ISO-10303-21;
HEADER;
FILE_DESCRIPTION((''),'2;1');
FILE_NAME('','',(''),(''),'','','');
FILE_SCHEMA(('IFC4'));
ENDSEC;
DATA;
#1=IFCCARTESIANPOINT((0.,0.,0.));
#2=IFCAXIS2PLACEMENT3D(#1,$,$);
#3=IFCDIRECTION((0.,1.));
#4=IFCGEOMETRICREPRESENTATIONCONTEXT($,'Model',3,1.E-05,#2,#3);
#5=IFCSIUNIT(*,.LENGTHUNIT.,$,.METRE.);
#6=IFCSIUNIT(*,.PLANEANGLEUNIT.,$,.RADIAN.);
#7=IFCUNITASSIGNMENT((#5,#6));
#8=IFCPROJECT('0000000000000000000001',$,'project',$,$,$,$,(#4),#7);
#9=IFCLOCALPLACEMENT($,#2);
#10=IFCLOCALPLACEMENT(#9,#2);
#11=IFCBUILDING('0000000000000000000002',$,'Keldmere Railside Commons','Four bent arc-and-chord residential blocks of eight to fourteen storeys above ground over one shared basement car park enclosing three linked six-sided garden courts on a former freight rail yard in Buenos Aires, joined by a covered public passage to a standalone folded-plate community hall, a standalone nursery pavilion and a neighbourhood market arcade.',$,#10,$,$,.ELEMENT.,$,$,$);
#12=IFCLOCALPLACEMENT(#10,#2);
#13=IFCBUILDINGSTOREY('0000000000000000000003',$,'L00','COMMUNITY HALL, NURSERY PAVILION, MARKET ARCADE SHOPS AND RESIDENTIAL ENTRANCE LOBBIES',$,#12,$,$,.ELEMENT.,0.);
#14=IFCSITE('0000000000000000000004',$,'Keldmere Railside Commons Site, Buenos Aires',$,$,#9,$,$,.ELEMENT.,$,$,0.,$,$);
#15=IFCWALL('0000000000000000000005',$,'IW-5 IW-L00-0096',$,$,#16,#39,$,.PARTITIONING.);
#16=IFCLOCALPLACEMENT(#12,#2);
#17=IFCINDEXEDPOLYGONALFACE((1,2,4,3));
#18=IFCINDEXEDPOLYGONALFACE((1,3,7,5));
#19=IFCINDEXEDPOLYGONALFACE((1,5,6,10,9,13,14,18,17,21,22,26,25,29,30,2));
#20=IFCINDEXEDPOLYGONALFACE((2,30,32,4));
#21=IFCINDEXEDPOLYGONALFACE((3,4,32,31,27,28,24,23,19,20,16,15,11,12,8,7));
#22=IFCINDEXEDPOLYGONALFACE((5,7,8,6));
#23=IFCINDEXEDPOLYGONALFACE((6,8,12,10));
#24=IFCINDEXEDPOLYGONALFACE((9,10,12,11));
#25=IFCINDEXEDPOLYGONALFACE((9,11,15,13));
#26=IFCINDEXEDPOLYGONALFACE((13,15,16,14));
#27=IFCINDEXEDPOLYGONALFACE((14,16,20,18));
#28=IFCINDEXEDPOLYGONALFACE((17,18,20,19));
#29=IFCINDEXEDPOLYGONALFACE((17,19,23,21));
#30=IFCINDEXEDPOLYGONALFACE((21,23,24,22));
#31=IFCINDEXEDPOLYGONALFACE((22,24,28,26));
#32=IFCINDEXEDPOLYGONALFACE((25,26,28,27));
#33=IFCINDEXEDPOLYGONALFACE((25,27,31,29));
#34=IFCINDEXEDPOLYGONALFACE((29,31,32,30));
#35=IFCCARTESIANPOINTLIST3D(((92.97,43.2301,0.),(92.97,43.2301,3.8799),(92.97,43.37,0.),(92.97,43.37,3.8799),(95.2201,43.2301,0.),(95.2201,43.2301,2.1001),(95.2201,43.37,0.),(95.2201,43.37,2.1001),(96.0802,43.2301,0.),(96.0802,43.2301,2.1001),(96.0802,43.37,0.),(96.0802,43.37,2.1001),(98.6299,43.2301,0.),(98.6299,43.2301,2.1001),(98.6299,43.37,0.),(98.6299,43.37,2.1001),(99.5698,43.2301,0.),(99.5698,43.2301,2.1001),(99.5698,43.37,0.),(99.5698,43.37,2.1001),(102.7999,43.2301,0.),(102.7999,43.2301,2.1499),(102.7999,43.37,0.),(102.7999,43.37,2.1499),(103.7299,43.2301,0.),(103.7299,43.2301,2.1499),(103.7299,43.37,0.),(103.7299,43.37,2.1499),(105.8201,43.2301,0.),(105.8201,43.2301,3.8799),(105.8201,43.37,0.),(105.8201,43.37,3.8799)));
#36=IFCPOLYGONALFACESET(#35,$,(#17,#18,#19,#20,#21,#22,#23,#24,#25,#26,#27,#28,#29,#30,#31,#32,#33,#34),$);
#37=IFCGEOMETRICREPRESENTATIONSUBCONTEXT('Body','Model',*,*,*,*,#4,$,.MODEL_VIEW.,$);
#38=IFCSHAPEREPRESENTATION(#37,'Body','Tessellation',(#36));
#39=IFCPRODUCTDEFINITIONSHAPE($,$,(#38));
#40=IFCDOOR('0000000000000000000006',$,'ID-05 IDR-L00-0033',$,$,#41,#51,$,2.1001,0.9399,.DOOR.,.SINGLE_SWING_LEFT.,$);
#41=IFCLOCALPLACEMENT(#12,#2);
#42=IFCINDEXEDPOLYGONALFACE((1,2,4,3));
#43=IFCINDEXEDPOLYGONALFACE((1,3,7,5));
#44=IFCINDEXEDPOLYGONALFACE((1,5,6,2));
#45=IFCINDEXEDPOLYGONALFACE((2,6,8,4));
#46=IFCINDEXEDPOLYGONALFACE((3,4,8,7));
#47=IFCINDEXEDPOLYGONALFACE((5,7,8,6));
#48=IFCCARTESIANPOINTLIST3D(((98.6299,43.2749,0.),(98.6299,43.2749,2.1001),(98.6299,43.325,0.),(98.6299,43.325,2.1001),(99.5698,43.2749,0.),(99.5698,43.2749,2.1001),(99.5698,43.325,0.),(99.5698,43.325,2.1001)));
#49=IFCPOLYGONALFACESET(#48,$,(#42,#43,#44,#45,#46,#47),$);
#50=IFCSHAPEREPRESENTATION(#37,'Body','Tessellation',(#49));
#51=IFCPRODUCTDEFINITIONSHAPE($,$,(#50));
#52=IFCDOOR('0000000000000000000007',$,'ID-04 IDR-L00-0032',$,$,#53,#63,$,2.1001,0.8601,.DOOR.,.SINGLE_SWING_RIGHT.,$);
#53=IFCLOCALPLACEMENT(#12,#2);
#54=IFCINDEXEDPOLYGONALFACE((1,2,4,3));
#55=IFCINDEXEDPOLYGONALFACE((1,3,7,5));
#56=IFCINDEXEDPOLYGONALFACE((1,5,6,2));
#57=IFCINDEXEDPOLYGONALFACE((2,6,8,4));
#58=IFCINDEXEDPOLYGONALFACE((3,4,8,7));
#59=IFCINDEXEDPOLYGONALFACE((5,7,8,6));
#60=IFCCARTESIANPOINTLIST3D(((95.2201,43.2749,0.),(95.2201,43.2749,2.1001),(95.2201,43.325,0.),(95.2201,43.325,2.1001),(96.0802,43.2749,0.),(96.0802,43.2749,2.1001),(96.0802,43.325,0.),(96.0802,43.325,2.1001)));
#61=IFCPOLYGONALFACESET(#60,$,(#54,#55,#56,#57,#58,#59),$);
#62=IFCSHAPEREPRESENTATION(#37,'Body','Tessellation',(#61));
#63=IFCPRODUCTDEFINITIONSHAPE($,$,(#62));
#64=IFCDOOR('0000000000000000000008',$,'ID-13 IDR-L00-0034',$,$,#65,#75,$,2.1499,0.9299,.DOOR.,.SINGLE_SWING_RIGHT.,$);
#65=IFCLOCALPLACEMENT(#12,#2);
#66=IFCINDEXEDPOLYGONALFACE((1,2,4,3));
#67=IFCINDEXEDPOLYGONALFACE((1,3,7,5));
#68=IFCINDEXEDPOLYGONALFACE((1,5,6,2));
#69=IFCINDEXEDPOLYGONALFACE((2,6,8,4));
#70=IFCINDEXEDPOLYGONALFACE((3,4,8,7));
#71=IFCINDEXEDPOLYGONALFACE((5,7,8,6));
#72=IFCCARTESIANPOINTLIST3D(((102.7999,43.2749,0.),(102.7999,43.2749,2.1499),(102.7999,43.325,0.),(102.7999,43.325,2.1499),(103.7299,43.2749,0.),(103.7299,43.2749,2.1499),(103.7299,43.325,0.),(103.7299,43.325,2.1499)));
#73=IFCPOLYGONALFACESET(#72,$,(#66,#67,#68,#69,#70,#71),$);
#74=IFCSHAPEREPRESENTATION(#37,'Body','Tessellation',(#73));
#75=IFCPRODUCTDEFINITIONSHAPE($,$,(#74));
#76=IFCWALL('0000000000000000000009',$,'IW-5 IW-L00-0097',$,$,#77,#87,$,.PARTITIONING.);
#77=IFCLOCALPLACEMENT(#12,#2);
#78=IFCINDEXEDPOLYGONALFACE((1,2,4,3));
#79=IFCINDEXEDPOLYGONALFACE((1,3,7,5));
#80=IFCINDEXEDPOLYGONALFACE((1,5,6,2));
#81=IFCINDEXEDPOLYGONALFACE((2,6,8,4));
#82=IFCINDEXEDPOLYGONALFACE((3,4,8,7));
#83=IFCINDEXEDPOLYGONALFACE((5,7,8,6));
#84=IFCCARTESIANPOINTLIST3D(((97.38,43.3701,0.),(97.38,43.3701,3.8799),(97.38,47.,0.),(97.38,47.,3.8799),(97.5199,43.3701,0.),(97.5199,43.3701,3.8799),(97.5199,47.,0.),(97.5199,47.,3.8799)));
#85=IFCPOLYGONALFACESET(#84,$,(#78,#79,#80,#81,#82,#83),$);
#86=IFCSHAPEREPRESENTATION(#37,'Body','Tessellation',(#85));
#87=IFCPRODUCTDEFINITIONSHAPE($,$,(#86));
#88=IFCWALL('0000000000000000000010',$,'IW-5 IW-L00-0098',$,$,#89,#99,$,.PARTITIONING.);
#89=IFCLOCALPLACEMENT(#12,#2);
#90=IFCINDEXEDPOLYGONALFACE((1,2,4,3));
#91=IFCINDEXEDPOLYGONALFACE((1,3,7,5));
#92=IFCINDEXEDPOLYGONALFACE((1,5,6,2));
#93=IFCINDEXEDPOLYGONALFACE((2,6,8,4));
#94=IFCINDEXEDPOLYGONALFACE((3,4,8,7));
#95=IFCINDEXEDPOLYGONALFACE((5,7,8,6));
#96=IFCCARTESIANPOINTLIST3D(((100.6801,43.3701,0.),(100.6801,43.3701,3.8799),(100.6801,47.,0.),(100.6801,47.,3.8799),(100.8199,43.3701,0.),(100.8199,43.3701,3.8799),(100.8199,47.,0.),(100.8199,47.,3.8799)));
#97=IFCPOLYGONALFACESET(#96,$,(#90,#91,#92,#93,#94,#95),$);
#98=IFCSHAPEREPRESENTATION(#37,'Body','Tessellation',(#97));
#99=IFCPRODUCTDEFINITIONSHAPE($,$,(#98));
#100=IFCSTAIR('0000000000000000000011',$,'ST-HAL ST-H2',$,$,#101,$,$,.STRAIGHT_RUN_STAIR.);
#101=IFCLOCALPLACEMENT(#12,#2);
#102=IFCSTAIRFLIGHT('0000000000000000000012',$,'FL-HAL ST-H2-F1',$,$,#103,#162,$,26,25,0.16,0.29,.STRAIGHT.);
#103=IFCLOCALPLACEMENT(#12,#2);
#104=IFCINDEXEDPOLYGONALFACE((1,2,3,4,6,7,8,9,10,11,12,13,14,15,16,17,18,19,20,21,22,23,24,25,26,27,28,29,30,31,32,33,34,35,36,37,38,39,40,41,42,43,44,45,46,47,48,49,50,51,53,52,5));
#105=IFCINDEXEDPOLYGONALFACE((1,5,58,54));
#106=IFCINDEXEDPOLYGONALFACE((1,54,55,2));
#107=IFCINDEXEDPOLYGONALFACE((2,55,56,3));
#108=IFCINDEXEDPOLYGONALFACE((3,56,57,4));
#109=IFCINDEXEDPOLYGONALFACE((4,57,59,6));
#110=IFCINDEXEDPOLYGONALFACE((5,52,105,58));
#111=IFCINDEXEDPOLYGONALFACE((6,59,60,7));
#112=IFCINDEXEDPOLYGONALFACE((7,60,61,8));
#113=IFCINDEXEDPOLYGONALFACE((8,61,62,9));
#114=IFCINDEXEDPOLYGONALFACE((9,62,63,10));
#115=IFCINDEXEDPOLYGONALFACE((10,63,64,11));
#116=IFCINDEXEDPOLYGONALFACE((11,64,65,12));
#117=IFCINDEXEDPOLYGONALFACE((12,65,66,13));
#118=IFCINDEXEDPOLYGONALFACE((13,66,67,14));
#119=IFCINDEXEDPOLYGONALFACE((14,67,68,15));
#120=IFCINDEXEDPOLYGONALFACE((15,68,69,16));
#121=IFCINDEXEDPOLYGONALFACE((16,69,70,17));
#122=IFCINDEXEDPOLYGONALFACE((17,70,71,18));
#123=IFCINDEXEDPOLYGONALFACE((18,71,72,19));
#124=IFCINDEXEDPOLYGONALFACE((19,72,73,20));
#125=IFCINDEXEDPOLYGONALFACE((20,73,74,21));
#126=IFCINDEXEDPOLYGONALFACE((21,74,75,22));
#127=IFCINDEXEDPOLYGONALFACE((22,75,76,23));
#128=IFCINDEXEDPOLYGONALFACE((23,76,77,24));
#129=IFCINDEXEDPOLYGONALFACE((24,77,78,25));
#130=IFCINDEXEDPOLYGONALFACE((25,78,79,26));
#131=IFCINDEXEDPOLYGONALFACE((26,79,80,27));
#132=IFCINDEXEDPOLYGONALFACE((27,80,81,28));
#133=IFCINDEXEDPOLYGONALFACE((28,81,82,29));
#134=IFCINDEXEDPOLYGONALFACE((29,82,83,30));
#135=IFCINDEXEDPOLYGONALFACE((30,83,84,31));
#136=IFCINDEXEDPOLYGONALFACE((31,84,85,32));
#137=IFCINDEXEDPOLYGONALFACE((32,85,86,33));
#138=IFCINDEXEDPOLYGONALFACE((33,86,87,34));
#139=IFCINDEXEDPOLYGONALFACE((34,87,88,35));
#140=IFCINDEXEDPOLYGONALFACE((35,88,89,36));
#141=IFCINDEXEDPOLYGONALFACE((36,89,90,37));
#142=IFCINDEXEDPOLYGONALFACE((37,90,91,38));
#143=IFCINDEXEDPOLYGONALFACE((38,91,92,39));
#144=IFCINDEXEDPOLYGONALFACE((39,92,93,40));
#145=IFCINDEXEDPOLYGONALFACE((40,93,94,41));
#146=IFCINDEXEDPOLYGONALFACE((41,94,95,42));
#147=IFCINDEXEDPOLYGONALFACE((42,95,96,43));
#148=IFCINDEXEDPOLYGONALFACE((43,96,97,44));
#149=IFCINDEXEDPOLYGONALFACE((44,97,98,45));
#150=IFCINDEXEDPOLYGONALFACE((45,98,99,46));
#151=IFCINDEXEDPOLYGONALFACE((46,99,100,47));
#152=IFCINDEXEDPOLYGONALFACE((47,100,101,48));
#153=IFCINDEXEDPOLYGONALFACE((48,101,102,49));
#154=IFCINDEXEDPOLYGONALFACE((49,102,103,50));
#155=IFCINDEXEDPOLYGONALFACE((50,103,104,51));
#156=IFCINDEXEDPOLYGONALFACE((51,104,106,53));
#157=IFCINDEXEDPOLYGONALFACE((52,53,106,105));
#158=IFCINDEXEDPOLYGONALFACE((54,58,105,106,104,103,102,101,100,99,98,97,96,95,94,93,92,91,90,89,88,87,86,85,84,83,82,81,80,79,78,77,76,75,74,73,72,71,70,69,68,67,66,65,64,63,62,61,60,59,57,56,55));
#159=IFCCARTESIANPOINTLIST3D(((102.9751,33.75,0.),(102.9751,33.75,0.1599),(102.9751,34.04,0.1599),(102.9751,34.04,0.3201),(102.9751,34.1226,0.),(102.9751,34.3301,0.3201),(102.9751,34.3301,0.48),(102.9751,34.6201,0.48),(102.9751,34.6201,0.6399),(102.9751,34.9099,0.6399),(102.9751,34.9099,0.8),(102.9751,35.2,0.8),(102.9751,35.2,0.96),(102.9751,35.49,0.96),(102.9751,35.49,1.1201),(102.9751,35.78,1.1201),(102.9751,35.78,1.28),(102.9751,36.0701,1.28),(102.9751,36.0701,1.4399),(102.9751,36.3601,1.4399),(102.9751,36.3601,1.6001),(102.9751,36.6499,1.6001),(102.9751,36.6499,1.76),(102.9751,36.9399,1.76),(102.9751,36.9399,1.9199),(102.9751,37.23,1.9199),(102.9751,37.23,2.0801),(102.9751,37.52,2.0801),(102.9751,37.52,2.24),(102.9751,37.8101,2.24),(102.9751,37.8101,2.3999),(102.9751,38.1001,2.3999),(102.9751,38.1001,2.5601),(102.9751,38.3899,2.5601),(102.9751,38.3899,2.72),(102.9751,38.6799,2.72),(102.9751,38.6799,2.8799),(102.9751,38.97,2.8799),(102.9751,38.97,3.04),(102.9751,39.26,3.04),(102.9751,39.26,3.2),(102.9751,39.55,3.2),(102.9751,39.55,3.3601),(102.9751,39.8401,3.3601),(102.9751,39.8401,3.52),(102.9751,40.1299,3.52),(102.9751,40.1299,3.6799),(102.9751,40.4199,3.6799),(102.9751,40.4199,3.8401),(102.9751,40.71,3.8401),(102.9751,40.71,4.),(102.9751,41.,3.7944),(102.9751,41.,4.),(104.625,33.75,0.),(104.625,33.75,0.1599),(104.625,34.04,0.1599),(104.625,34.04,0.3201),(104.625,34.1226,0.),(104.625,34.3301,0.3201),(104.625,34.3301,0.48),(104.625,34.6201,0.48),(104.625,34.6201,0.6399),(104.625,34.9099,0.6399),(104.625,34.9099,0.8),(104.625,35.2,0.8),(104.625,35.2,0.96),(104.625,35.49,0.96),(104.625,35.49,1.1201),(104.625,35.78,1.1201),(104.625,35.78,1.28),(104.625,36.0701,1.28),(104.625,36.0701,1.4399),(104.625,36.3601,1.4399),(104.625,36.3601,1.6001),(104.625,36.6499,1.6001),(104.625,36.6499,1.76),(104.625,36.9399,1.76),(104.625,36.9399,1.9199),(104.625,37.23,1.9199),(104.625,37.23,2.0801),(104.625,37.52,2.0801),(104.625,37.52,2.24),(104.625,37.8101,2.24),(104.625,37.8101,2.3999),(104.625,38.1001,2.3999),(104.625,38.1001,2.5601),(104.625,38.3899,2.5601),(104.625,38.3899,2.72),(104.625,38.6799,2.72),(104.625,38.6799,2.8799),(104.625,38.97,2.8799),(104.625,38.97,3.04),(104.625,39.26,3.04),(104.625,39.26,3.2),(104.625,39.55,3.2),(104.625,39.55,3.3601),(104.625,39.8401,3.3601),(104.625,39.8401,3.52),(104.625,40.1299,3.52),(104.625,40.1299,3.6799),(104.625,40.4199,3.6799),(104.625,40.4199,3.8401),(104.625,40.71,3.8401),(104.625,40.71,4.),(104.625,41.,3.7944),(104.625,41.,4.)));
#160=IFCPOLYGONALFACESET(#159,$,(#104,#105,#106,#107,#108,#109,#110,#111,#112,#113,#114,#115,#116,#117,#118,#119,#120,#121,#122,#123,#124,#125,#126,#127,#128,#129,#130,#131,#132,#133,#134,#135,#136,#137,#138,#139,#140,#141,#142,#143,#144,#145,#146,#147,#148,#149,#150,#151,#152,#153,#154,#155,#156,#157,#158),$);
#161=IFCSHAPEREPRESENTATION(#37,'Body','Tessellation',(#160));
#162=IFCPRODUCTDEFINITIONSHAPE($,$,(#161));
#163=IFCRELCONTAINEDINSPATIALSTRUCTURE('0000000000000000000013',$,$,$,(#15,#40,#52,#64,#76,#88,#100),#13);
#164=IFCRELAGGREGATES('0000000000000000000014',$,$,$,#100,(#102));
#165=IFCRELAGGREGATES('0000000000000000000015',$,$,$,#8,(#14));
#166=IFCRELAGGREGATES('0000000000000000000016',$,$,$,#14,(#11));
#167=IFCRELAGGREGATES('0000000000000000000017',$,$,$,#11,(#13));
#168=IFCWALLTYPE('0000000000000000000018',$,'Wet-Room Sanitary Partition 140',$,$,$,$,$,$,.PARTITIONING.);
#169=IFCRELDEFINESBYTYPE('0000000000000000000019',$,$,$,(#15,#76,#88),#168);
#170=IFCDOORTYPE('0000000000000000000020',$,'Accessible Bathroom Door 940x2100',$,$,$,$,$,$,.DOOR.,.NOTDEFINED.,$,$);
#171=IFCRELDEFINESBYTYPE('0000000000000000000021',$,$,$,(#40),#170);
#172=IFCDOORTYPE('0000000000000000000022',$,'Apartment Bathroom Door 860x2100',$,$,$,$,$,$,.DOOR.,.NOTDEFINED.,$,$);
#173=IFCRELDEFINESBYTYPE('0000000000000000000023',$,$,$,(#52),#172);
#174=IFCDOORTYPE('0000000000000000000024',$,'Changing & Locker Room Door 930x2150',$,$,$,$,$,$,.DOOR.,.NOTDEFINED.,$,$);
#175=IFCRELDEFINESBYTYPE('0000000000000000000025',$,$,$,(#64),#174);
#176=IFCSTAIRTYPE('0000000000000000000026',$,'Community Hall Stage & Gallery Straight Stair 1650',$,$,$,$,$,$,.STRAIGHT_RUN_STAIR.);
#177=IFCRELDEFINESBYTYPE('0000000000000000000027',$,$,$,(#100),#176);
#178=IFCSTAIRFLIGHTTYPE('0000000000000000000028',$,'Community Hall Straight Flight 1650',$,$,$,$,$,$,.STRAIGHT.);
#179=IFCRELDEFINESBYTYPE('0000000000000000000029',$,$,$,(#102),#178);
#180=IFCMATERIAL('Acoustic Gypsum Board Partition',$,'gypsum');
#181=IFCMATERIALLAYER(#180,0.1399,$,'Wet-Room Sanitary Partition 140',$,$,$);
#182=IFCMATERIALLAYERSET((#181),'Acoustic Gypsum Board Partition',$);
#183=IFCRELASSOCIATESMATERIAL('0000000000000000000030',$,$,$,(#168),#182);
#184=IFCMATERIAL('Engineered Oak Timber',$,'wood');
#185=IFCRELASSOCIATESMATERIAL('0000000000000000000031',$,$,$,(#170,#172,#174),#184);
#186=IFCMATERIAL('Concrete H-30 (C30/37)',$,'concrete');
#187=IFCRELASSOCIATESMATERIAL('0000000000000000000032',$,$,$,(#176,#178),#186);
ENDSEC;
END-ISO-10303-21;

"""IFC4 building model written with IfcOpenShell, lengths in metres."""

from ifc_helpers import new_model, si_unit, direction, frame, frame_2d, origin, place, context, subcontext, project, spatial, polyline, rectangle, outline, extrude, material, layer, layer_set, type_object, element, fill, aggregate, save


model = new_model("IFC4")

# Units and contexts
model_context = context("Model", 3, precision=1e-05, world=origin(), true_north=direction((0.0, 1.0)))
body_context = subcontext(model_context, "Body", "Model", "MODEL_VIEW")
ifc_project = project(units=[si_unit("LENGTHUNIT", "METRE"), si_unit("PLANEANGLEUNIT", "RADIAN")], contexts=[model_context])

# Site, building, storey
site_placement = place(None, origin())
site = spatial("IfcSite", under=ifc_project, at=site_placement, Name="Keldmere Railside Commons Site, Buenos Aires", CompositionType="ELEMENT", RefElevation=0.0)
building_placement = place(site_placement, origin())
building = spatial("IfcBuilding", under=site, at=building_placement, Name="Keldmere Railside Commons", Description="Four bent arc-and-chord residential blocks of eight to fourteen storeys above ground over one shared basement car park enclosing three linked six-sided garden courts on a former freight rail yard in Buenos Aires, joined by a covered public passage to a standalone folded-plate community hall, a standalone nursery pavilion and a neighbourhood market arcade.", CompositionType="ELEMENT")
storey_placement = place(building_placement, origin())
storey = spatial("IfcBuildingStorey", under=building, at=storey_placement, Name="L00", Description="COMMUNITY HALL, NURSERY PAVILION, MARKET ARCADE SHOPS AND RESIDENTIAL ENTRANCE LOBBIES", CompositionType="ELEMENT", Elevation=0.0)

# Shared definitions
ifc_material_1 = material(Name="Acoustic Gypsum Board Partition", Category="gypsum")
ifc_layer_1 = layer(ifc_material_1, 0.1399, Name="Wet-Room Sanitary Partition 140")
ifc_layer_set_1 = layer_set([ifc_layer_1], Name="Acoustic Gypsum Board Partition")
wall_type_1 = type_object("IfcWallType", Name="Wet-Room Sanitary Partition 140", PredefinedType="PARTITIONING", material=ifc_layer_set_1)
ifc_material_2 = material(Name="Engineered Oak Timber", Category="wood")

# Wall, openings, doors
wall_1_placement = place(storey_placement, frame((92.97, 43.3, 0.0), z_axis=(0.0, 0.0, 1.0), x_axis=(1.0, 0.0, 0.0)))
wall_1 = element("IfcWall", 1, at=wall_1_placement, inside=storey, type_object=wall_type_1, Name="IW-5 IW-L00-0096", PredefinedType="PARTITIONING", context=body_context, shape_type="SweptSolid", body=[
    extrude(rectangle(XDim=12.8501, YDim=0.1399, at=frame_2d((6.425, 0.0))), origin(), (0.0, 0.0, 1.0), 3.8799),
])
opening_1_placement = place(wall_1_placement, frame((2.25, 0.0, 0.0)))
opening_1 = element("IfcOpeningElement", 2, at=opening_1_placement, cuts=wall_1, PredefinedType="OPENING", context=body_context, shape_type="SweptSolid", body=[
    extrude(rectangle(XDim=0.8601, YDim=2.1001, at=frame_2d((0.4302, 1.05))), frame((0.0, 0.0798, 0.0), z_axis=(0.0, -1.0, 0.0), x_axis=(1.0, 0.0, 0.0)), (0.0, 0.0, 1.0), 0.1599),
])
opening_2_placement = place(wall_1_placement, frame((5.6599, 0.0, 0.0)))
opening_2 = element("IfcOpeningElement", 3, at=opening_2_placement, cuts=wall_1, PredefinedType="OPENING", context=body_context, shape_type="SweptSolid", body=[
    extrude(rectangle(XDim=0.9399, YDim=2.1001, at=frame_2d((0.47, 1.05))), frame((0.0, 0.0798, 0.0), z_axis=(0.0, -1.0, 0.0), x_axis=(1.0, 0.0, 0.0)), (0.0, 0.0, 1.0), 0.1599),
])
opening_3_placement = place(wall_1_placement, frame((9.8301, 0.0, 0.0)))
opening_3 = element("IfcOpeningElement", 4, at=opening_3_placement, cuts=wall_1, PredefinedType="OPENING", context=body_context, shape_type="SweptSolid", body=[
    extrude(rectangle(XDim=0.9299, YDim=2.1499, at=frame_2d((0.4648, 1.075))), frame((0.0, 0.0798, 0.0), z_axis=(0.0, -1.0, 0.0), x_axis=(1.0, 0.0, 0.0)), (0.0, 0.0, 1.0), 0.1599),
])
door_type_1 = type_object("IfcDoorType", Name="Accessible Bathroom Door 940x2100", OperationType="NOTDEFINED", PredefinedType="DOOR", material=ifc_material_2)
door_1_placement = place(opening_2_placement, origin())
door_1 = element("IfcDoor", 5, at=door_1_placement, inside=storey, type_object=door_type_1, Name="ID-05 IDR-L00-0033", OperationType="SINGLE_SWING_LEFT", OverallHeight=2.1001, OverallWidth=0.9399, PredefinedType="DOOR", context=body_context, shape_type="SweptSolid", body=[
    extrude(rectangle(XDim=0.9399, YDim=2.1001, at=frame_2d((0.47, 1.05))), frame((0.0, 0.0249, 0.0), z_axis=(0.0, -1.0, 0.0), x_axis=(1.0, 0.0, 0.0)), (0.0, 0.0, 1.0), 0.05),
])
fill(opening_2, door_1)
door_type_2 = type_object("IfcDoorType", Name="Apartment Bathroom Door 860x2100", OperationType="NOTDEFINED", PredefinedType="DOOR", material=ifc_material_2)
door_2_placement = place(opening_1_placement, origin())
door_2 = element("IfcDoor", 6, at=door_2_placement, inside=storey, type_object=door_type_2, Name="ID-04 IDR-L00-0032", OperationType="SINGLE_SWING_RIGHT", OverallHeight=2.1001, OverallWidth=0.8601, PredefinedType="DOOR", context=body_context, shape_type="SweptSolid", body=[
    extrude(rectangle(XDim=0.8601, YDim=2.1001, at=frame_2d((0.4302, 1.05))), frame((0.0, 0.0249, 0.0), z_axis=(0.0, -1.0, 0.0), x_axis=(1.0, 0.0, 0.0)), (0.0, 0.0, 1.0), 0.05),
])
fill(opening_1, door_2)
door_type_3 = type_object("IfcDoorType", Name="Changing & Locker Room Door 930x2150", OperationType="NOTDEFINED", PredefinedType="DOOR", material=ifc_material_2)
door_3_placement = place(opening_3_placement, origin())
door_3 = element("IfcDoor", 7, at=door_3_placement, inside=storey, type_object=door_type_3, Name="ID-13 IDR-L00-0034", OperationType="SINGLE_SWING_RIGHT", OverallHeight=2.1499, OverallWidth=0.9299, PredefinedType="DOOR", context=body_context, shape_type="SweptSolid", body=[
    extrude(rectangle(XDim=0.9299, YDim=2.1499, at=frame_2d((0.4648, 1.075))), frame((0.0, 0.0249, 0.0), z_axis=(0.0, -1.0, 0.0), x_axis=(1.0, 0.0, 0.0)), (0.0, 0.0, 1.0), 0.05),
])
fill(opening_3, door_3)

# Walls
for number, where, z_axis, x_axis, name in (
    (8, (97.45, 43.3701, 0.0), (0.0, 0.0, 1.0), (0.0, 1.0, 0.0), "IW-5 IW-L00-0097"),
    (9, (100.75, 43.3701, 0.0), (0.0, 0.0, 1.0), (0.0, 1.0, 0.0), "IW-5 IW-L00-0098"),
):
    element("IfcWall", number, at=place(storey_placement, frame(where, z_axis=z_axis, x_axis=x_axis)), inside=storey, type_object=wall_type_1, Name=name, PredefinedType="PARTITIONING", context=body_context, shape_type="SweptSolid", body=[
        extrude(rectangle(XDim=3.6299, YDim=0.1399, at=frame_2d((1.8149, 0.0))), origin(), (0.0, 0.0, 1.0), 3.8799),
    ])

# Stair, stair flight
ifc_material_3 = material(Name="Concrete H-30 (C30/37)", Category="concrete")
stair_type = type_object("IfcStairType", Name="Community Hall Stage & Gallery Straight Stair 1650", PredefinedType="STRAIGHT_RUN_STAIR", material=ifc_material_3)
stair_placement = place(storey_placement, origin())
stair = element("IfcStair", 10, at=stair_placement, inside=storey, type_object=stair_type, Name="ST-HAL ST-H2", PredefinedType="STRAIGHT_RUN_STAIR")
stair_flight_type = type_object("IfcStairFlightType", Name="Community Hall Straight Flight 1650", PredefinedType="STRAIGHT", material=ifc_material_3)
stair_flight_placement = place(storey_placement, frame((103.8, 33.75, 0.0), z_axis=(0.0, 0.0, 1.0), x_axis=(0.0, 1.0, 0.0)))
stair_flight = element("IfcStairFlight", 11, at=stair_flight_placement, type_object=stair_flight_type, Name="FL-HAL ST-H2-F1", NumberOfRisers=26, NumberOfTreads=25, PredefinedType="STRAIGHT", RiserHeight=0.16, TreadLength=0.29, context=body_context, shape_type="SweptSolid", body=[
    extrude(outline(polyline([(0.0, 0.0), (0.0, 0.1599), (0.29, 0.1599), (0.29, 0.3201), (0.5801, 0.3201), (0.5801, 0.48), (0.8701, 0.48), (0.8701, 0.6399), (1.1599, 0.6399), (1.1599, 0.8), (1.45, 0.8), (1.45, 0.96), (1.74, 0.96), (1.74, 1.1201), (2.03, 1.1201), (2.03, 1.28), (2.3201, 1.28), (2.3201, 1.4399), (2.6101, 1.4399), (2.6101, 1.6001), (2.8999, 1.6001), (2.8999, 1.76), (3.1899, 1.76), (3.1899, 1.9199), (3.48, 1.9199), (3.48, 2.0801), (3.77, 2.0801), (3.77, 2.24), (4.0601, 2.24), (4.0601, 2.3999), (4.3501, 2.3999), (4.3501, 2.5601), (4.6399, 2.5601), (4.6399, 2.72), (4.9299, 2.72), (4.9299, 2.8799), (5.22, 2.8799), (5.22, 3.04), (5.51, 3.04), (5.51, 3.2), (5.8, 3.2), (5.8, 3.3601), (6.0901, 3.3601), (6.0901, 3.52), (6.3799, 3.52), (6.3799, 3.6799), (6.6699, 3.6799), (6.6699, 3.8401), (6.96, 3.8401), (6.96, 4.0), (7.25, 4.0), (7.25, 4.1599), (7.25, 3.7944), (0.3726, 0.0), (0.0, 0.0)])), frame((0.0, 0.825, 0.0), z_axis=(0.0, -1.0, 0.0), x_axis=(1.0, 0.0, 0.0)), (0.0, 0.0, 1.0), 1.6499),
])
aggregate(stair, [stair_flight])

save(model, "model.ifc")
